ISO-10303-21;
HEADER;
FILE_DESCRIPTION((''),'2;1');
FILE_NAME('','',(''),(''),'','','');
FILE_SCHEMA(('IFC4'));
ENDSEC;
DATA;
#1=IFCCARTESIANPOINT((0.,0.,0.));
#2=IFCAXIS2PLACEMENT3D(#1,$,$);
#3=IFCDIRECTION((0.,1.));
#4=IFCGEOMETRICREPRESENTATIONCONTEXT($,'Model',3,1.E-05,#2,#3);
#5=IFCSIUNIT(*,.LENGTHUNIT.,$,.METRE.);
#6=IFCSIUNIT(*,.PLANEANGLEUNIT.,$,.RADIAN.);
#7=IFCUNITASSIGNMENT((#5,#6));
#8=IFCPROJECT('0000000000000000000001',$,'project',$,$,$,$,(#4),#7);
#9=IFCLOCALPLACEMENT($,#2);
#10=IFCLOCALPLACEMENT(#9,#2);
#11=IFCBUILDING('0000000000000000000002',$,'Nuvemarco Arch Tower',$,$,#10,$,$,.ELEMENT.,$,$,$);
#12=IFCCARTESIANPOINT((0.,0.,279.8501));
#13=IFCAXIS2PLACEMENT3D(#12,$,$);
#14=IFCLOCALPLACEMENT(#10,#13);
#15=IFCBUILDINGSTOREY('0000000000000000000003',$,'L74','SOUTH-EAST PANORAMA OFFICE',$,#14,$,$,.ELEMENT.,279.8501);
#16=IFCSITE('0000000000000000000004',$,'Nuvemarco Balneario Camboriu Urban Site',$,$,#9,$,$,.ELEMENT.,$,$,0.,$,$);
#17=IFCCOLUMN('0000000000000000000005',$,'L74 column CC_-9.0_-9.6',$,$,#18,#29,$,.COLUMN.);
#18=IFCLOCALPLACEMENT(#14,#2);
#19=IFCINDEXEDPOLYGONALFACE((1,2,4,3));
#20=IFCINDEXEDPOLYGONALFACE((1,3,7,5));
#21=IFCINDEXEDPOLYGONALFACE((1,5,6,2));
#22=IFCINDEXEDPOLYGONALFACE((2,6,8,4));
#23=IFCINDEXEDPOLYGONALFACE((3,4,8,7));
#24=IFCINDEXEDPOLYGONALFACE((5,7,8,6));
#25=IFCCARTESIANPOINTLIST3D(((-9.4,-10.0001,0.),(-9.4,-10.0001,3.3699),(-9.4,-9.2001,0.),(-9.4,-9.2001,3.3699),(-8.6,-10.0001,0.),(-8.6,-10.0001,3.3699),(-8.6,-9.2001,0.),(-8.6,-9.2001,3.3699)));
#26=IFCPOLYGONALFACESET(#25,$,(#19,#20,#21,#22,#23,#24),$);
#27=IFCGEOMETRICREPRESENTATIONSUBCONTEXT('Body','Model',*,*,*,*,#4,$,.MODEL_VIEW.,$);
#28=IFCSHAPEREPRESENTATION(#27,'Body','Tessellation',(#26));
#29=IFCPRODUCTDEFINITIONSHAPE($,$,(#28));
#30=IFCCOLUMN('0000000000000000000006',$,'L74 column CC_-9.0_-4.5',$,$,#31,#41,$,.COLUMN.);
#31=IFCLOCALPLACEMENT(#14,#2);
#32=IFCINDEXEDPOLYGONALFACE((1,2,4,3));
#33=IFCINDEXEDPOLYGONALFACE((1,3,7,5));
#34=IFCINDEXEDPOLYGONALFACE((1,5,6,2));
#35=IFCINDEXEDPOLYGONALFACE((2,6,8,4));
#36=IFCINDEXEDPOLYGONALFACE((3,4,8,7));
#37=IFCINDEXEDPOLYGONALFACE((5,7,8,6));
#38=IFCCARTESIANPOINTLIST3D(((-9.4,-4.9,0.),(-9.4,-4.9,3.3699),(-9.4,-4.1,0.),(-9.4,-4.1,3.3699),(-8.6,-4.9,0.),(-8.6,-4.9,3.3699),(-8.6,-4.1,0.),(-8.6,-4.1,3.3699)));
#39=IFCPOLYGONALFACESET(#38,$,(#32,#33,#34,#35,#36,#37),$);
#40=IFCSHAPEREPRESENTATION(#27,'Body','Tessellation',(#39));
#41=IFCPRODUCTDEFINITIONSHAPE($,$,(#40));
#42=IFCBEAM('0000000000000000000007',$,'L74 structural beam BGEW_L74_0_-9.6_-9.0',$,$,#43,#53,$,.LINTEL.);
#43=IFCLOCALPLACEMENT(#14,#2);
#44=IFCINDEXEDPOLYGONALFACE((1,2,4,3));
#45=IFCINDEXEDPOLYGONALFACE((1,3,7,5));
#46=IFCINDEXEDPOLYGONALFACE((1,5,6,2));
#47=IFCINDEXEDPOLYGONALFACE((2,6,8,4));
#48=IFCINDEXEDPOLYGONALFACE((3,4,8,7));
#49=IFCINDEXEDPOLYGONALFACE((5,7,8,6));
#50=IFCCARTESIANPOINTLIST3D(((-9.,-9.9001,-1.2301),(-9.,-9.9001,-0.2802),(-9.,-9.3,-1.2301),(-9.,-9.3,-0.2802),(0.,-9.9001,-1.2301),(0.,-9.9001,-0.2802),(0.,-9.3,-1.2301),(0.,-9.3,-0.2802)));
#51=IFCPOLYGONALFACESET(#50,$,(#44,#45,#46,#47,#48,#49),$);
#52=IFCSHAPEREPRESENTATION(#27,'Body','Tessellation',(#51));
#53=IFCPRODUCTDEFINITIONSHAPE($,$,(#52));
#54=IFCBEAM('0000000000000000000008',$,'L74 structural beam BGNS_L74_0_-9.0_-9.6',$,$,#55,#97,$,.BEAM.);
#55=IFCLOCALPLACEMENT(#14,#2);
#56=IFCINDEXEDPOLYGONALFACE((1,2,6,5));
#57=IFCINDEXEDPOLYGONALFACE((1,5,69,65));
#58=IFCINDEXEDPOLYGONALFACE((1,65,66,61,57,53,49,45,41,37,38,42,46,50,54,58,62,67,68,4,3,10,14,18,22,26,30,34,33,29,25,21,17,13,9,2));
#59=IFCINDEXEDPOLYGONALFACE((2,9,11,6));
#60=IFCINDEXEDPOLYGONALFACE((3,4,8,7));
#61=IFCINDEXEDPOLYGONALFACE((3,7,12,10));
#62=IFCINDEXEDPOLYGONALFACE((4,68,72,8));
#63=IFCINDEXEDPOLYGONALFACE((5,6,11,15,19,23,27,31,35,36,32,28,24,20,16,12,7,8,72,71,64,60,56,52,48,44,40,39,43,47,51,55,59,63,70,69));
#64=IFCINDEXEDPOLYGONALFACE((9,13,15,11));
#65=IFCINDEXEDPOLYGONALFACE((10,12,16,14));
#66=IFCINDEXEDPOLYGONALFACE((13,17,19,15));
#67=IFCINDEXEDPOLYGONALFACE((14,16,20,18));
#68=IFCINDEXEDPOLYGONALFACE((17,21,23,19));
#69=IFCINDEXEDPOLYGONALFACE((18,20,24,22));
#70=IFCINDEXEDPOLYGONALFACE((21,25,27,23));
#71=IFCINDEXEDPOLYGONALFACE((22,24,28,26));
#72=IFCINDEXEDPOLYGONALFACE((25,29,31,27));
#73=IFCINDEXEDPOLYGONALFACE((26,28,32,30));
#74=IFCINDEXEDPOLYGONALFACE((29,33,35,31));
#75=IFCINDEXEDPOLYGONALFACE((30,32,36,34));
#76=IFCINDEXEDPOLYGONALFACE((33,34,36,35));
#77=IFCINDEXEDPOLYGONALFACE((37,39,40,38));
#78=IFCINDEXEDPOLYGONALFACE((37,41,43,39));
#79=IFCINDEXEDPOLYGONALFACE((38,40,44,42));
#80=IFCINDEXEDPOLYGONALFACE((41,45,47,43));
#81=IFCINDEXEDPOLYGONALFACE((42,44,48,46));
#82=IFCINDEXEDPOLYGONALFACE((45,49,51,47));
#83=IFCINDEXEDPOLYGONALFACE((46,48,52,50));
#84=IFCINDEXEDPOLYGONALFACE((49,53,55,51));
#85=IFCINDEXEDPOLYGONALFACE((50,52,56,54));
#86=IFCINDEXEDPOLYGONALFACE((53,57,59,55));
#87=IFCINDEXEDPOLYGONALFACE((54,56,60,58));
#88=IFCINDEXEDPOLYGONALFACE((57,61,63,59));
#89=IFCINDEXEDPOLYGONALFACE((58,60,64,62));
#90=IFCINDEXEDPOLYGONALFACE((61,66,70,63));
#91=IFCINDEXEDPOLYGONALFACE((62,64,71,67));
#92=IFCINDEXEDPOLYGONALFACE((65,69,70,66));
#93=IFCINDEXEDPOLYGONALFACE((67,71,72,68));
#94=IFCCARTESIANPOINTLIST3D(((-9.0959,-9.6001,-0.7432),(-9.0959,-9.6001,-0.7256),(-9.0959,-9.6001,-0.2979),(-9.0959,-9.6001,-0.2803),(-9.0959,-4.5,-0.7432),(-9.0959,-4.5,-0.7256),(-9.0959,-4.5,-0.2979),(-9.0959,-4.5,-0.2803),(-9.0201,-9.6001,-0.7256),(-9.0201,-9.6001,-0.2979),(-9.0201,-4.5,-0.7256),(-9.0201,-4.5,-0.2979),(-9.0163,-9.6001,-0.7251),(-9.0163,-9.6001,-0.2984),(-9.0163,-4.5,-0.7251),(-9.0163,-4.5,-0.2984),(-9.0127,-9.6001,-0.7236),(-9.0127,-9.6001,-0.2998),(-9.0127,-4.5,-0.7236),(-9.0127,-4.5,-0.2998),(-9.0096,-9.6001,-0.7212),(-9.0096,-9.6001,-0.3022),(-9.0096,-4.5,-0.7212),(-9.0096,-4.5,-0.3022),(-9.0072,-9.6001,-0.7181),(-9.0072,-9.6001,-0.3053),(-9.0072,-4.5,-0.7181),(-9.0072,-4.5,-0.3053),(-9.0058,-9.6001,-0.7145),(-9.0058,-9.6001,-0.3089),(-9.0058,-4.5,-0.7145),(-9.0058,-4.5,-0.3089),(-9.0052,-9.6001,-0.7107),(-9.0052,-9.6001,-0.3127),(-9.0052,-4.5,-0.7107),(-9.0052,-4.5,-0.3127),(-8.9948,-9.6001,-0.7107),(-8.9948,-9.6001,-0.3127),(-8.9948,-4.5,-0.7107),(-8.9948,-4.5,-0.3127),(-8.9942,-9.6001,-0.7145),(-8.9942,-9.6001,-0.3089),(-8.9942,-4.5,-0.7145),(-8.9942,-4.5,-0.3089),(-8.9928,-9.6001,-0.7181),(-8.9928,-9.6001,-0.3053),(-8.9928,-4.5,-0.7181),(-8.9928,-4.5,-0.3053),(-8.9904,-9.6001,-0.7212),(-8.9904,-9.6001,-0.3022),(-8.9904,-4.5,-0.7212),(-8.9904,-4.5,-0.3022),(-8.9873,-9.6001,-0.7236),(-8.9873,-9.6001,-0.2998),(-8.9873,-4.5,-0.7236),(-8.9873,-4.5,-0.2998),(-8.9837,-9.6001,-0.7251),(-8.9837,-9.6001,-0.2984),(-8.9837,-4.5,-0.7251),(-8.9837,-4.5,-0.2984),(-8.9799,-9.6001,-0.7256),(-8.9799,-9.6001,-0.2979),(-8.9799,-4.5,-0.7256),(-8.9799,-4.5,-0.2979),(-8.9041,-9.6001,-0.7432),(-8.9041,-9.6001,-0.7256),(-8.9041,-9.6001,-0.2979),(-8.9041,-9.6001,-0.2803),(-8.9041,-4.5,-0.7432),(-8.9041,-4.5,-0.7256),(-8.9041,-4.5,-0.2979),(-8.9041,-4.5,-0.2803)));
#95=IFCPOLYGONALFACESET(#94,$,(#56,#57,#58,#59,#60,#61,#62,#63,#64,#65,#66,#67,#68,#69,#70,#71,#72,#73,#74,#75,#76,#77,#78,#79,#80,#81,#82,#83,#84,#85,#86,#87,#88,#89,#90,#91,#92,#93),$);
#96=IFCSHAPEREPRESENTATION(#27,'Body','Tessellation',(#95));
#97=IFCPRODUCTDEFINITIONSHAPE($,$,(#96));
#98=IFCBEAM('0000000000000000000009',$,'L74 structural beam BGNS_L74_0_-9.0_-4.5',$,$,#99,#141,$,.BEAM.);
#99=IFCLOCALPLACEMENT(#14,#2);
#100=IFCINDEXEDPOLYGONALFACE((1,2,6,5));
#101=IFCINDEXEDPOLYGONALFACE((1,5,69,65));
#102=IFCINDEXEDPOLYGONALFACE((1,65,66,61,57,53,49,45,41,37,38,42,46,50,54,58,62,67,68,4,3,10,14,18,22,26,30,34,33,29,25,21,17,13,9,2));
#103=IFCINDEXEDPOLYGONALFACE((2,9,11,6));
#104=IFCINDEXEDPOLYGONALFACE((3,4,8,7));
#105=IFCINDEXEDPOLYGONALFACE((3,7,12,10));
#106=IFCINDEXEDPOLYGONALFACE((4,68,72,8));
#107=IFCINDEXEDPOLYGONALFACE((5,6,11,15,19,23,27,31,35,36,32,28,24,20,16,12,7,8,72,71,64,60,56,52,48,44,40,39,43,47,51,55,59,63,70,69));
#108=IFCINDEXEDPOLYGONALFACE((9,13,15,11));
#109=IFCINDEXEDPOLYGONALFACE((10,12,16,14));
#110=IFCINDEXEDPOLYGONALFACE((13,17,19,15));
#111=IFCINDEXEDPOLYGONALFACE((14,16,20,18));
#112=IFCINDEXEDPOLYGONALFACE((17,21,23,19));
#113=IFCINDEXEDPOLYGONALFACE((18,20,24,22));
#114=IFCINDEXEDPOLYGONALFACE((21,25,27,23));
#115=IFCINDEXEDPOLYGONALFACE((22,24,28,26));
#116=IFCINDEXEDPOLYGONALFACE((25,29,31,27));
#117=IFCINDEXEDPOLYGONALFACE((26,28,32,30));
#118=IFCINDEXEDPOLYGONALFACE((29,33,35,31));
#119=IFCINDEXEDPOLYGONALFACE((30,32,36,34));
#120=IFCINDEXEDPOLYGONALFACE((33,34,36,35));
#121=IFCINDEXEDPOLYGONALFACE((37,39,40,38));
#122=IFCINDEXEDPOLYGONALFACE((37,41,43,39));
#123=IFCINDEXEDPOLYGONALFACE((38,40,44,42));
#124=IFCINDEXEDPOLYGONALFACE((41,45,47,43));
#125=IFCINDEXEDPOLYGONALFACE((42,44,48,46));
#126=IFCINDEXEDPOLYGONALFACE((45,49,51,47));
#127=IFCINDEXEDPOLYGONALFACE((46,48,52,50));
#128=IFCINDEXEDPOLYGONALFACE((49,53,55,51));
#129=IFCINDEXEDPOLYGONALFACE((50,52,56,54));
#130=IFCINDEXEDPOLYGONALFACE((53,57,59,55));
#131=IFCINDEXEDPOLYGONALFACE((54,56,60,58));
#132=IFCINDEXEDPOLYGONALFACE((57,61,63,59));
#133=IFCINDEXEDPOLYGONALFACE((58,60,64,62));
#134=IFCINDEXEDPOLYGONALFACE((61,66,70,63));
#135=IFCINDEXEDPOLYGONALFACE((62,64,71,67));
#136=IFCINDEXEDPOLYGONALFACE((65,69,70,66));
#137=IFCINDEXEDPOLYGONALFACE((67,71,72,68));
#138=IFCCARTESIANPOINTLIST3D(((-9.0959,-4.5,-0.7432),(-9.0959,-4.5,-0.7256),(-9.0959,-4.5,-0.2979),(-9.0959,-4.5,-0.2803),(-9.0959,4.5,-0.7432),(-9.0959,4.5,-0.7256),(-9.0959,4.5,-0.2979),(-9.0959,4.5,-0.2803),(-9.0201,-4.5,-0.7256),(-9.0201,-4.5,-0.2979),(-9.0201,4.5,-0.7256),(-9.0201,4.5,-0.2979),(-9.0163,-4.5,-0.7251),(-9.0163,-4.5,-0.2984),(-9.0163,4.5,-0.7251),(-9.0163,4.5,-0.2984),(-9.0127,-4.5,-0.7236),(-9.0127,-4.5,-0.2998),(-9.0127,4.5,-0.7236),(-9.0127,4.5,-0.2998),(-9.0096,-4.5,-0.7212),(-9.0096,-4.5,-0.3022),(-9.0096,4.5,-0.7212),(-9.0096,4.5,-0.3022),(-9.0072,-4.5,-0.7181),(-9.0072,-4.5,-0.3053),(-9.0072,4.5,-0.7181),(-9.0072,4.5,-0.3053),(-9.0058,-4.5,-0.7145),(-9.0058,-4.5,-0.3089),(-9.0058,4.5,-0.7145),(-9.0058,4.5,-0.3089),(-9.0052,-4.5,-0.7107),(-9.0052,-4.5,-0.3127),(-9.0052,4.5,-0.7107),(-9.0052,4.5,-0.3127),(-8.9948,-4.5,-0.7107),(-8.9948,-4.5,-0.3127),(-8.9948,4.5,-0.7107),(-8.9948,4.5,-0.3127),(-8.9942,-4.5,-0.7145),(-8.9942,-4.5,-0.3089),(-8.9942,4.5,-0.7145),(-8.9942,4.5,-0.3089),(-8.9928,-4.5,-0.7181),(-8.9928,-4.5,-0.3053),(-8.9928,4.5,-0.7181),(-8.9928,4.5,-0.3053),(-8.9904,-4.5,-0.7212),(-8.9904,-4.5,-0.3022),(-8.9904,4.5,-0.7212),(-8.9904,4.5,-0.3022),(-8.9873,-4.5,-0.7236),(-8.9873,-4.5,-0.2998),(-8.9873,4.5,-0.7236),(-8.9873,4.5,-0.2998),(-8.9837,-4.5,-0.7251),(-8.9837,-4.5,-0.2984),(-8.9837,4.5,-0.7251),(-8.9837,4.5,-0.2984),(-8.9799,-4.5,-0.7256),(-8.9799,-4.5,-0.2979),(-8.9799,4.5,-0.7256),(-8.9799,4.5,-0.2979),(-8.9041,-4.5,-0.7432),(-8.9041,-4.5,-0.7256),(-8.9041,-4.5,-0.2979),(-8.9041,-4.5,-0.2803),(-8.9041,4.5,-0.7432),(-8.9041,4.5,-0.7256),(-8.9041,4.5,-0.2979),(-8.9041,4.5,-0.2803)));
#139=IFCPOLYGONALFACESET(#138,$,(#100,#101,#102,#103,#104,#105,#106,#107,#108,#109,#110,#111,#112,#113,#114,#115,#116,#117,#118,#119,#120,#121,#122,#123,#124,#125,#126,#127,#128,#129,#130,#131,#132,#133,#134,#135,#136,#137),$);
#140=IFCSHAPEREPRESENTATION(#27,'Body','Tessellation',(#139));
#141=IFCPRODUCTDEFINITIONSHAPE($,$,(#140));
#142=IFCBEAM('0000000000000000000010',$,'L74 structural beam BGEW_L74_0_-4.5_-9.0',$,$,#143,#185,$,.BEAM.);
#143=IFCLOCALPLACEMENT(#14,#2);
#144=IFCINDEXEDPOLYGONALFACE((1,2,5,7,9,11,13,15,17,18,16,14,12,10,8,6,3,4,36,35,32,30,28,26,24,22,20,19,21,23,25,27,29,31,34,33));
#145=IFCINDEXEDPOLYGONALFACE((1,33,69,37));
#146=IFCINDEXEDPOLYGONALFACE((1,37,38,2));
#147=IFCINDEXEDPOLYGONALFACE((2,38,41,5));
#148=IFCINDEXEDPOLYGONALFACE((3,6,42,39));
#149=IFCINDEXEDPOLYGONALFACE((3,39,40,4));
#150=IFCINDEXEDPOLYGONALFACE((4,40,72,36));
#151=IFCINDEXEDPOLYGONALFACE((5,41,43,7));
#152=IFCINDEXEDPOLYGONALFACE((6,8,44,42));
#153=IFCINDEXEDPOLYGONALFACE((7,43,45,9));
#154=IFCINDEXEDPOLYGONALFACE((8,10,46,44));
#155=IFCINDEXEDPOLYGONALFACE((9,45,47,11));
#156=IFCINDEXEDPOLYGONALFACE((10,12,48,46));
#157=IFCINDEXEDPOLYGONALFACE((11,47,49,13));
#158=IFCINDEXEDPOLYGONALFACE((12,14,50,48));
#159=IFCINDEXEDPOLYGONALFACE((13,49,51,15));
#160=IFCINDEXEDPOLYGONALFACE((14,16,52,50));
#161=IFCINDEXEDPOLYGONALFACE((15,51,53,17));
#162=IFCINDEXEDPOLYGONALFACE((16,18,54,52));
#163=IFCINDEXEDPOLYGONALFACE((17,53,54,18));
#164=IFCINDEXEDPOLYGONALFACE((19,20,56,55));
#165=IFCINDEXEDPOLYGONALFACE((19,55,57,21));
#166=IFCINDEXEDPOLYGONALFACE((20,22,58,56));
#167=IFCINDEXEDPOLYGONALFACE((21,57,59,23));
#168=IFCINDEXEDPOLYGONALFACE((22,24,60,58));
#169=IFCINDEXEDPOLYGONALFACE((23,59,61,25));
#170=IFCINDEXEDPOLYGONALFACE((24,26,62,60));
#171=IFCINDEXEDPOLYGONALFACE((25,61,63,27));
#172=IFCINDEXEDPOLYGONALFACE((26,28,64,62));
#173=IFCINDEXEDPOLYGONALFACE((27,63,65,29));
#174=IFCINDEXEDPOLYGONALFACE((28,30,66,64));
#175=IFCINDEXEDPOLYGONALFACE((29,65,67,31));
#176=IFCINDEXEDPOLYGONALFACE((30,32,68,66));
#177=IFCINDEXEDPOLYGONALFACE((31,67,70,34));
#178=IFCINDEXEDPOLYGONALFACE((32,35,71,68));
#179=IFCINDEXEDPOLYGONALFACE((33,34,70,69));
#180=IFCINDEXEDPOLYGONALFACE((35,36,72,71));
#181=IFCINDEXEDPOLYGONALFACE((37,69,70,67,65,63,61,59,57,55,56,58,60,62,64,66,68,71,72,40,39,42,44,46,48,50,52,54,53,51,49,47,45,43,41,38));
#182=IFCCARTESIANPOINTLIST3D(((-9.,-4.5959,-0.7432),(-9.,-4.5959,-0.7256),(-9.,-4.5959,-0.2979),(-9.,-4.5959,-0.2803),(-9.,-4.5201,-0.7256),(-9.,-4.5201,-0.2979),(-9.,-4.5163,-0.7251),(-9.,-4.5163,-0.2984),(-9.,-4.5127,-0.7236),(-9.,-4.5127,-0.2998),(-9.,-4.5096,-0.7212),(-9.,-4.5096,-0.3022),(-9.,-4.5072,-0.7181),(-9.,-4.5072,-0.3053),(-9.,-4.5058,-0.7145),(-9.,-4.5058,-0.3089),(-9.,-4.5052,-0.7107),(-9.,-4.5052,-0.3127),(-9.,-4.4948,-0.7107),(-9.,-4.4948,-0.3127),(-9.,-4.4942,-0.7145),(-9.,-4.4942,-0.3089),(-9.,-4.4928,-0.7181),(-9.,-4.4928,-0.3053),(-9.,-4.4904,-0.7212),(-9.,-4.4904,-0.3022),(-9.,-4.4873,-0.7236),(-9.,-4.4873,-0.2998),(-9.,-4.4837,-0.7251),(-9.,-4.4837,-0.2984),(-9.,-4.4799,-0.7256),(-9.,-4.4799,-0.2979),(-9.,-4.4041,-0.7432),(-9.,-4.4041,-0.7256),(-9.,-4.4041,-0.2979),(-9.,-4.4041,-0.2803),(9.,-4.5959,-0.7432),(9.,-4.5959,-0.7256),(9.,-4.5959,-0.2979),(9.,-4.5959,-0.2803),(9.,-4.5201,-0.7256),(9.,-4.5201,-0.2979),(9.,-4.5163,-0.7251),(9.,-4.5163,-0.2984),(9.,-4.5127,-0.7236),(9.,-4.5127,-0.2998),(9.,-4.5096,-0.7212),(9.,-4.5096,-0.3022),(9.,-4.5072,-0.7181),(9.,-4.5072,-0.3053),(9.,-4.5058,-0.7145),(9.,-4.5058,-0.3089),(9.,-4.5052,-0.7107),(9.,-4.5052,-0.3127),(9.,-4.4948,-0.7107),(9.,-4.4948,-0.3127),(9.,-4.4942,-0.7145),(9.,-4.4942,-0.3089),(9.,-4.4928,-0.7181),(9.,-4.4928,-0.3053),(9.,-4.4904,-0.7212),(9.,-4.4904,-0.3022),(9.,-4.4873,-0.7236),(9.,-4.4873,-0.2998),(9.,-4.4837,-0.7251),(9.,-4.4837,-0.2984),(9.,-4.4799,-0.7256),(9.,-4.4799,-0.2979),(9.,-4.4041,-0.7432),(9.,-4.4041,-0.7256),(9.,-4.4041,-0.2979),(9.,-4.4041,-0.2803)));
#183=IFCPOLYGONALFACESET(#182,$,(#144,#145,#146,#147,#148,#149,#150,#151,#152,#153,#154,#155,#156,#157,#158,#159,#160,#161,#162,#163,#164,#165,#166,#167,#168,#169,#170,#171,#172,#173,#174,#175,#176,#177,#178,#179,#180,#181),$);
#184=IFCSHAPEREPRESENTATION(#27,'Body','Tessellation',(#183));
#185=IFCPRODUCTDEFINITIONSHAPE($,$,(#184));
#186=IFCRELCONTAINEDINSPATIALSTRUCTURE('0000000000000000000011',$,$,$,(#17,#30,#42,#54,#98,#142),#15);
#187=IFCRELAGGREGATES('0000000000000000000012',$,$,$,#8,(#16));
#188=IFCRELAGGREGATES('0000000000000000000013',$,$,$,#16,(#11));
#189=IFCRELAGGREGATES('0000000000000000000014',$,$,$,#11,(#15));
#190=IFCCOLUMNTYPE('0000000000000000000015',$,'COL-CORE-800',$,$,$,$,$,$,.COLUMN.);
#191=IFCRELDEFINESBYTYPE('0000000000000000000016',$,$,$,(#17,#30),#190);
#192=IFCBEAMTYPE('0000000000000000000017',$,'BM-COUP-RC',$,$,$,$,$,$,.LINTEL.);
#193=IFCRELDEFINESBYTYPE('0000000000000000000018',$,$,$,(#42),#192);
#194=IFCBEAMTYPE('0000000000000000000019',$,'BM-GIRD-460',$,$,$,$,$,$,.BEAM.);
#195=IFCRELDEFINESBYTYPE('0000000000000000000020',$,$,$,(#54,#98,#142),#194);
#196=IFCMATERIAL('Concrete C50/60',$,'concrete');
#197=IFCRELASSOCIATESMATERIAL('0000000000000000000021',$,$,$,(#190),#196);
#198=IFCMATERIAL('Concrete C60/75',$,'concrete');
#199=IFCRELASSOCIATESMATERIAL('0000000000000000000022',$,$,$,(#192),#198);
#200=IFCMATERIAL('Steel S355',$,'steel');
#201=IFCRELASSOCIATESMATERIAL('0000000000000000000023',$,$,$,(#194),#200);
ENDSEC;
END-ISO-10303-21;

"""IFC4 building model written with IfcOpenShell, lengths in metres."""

from ifc_helpers import new_model, si_unit, direction, frame, origin, origin_2d, place, context, subcontext, project, spatial, rectangle, i_section, extrude, material, material_profile, profile_set, type_object, element, save


model = new_model("IFC4")

# Units and contexts
model_context = context("Model", 3, precision=1e-05, world=origin(), true_north=direction((0.0, 1.0)))
body_context = subcontext(model_context, "Body", "Model", "MODEL_VIEW")
ifc_project = project(units=[si_unit("LENGTHUNIT", "METRE"), si_unit("PLANEANGLEUNIT", "RADIAN")], contexts=[model_context])

# Site, building, storey
site_placement = place(None, origin())
site = spatial("IfcSite", under=ifc_project, at=site_placement, Name="Nuvemarco Balneario Camboriu Urban Site", CompositionType="ELEMENT", RefElevation=0.0)
building_placement = place(site_placement, origin())
building = spatial("IfcBuilding", under=site, at=building_placement, Name="Nuvemarco Arch Tower", CompositionType="ELEMENT")
storey_placement = place(building_placement, frame((0.0, 0.0, 279.8501)))
storey = spatial("IfcBuildingStorey", under=building, at=storey_placement, Name="L74", Description="SOUTH-EAST PANORAMA OFFICE", CompositionType="ELEMENT", Elevation=279.8501)

# Columns
ifc_material_1 = material(Name="Concrete C50/60", Category="concrete")
ifc_material_profile_1 = material_profile(ifc_material_1, rectangle(XDim=0.8, YDim=0.8, at=origin_2d()), Name="RC-COL-800x800")
ifc_profile_set_1 = profile_set([ifc_material_profile_1], Name="Concrete C50/60")
column_type = type_object("IfcColumnType", Name="COL-CORE-800", PredefinedType="COLUMN", material=ifc_profile_set_1)
for number, where, z_axis, x_axis, name in (
    (1, (-9.0, -9.6001, 0.0), (0.0, 0.0, 1.0), (1.0, 0.0, 0.0), "L74 column CC_-9.0_-9.6"),
    (2, (-9.0, -4.5, 0.0), (0.0, 0.0, 1.0), (1.0, 0.0, 0.0), "L74 column CC_-9.0_-4.5"),
):
    element("IfcColumn", number, at=place(storey_placement, frame(where, z_axis=z_axis, x_axis=x_axis)), inside=storey, type_object=column_type, Name=name, PredefinedType="COLUMN", context=body_context, shape_type="SweptSolid", body=[
        extrude(rectangle(XDim=0.8, YDim=0.8, at=origin_2d()), origin(), (0.0, 0.0, 1.0), 3.3699),
    ])

# Beams
ifc_material_2 = material(Name="Concrete C60/75", Category="concrete")
ifc_material_profile_2 = material_profile(ifc_material_2, rectangle(XDim=0.6001, YDim=0.95, at=origin_2d()), Name="RC-BM-600x950")
ifc_profile_set_2 = profile_set([ifc_material_profile_2], Name="Concrete C60/75")
beam_type_1 = type_object("IfcBeamType", Name="BM-COUP-RC", PredefinedType="LINTEL", material=ifc_profile_set_2)
beam_1_placement = place(storey_placement, frame((-9.0, -9.6001, -0.7551), z_axis=(1.0, 0.0, 0.0), x_axis=(0.0, 1.0, 0.0)))
element("IfcBeam", 3, at=beam_1_placement, inside=storey, type_object=beam_type_1, Name="L74 structural beam BGEW_L74_0_-9.6_-9.0", PredefinedType="LINTEL", context=body_context, shape_type="SweptSolid", body=[
    extrude(rectangle(XDim=0.6001, YDim=0.95, at=origin_2d()), origin(), (0.0, 0.0, 1.0), 9.0),
])
ifc_material_3 = material(Name="Steel S355", Category="steel")
ifc_material_profile_3 = material_profile(ifc_material_3, i_section(OverallWidth=0.1919, OverallDepth=0.4629, WebThickness=0.0105, FlangeThickness=0.0176, FilletRadius=0.0149, at=origin_2d()), Name="W460x89")
ifc_profile_set_3 = profile_set([ifc_material_profile_3], Name="Steel S355")
beam_type_2 = type_object("IfcBeamType", Name="BM-GIRD-460", PredefinedType="BEAM", material=ifc_profile_set_3)
beam_2_placement = place(storey_placement, frame((-9.0, -9.6001, -0.5117), z_axis=(0.0, 1.0, 0.0), x_axis=(-1.0, 0.0, 0.0)))
element("IfcBeam", 4, at=beam_2_placement, inside=storey, type_object=beam_type_2, Name="L74 structural beam BGNS_L74_0_-9.0_-9.6", PredefinedType="BEAM", context=body_context, shape_type="SweptSolid", body=[
    extrude(i_section(OverallWidth=0.1919, OverallDepth=0.4629, WebThickness=0.0105, FlangeThickness=0.0176, FilletRadius=0.0149, at=origin_2d()), origin(), (0.0, 0.0, 1.0), 5.1001),
])
beam_3_placement = place(storey_placement, frame((-9.0, -4.5, -0.5117), z_axis=(0.0, 1.0, 0.0), x_axis=(-1.0, 0.0, 0.0)))
element("IfcBeam", 5, at=beam_3_placement, inside=storey, type_object=beam_type_2, Name="L74 structural beam BGNS_L74_0_-9.0_-4.5", PredefinedType="BEAM", context=body_context, shape_type="SweptSolid", body=[
    extrude(i_section(OverallWidth=0.1919, OverallDepth=0.4629, WebThickness=0.0105, FlangeThickness=0.0176, FilletRadius=0.0149, at=origin_2d()), origin(), (0.0, 0.0, 1.0), 9.0),
])
beam_4_placement = place(storey_placement, frame((-9.0, -4.5, -0.5117), z_axis=(1.0, 0.0, 0.0), x_axis=(0.0, 1.0, 0.0)))
element("IfcBeam", 6, at=beam_4_placement, inside=storey, type_object=beam_type_2, Name="L74 structural beam BGEW_L74_0_-4.5_-9.0", PredefinedType="BEAM", context=body_context, shape_type="SweptSolid", body=[
    extrude(i_section(OverallWidth=0.1919, OverallDepth=0.4629, WebThickness=0.0105, FlangeThickness=0.0176, FilletRadius=0.0149, at=origin_2d()), origin(), (0.0, 0.0, 1.0), 18.0),
])

save(model, "model.ifc")
